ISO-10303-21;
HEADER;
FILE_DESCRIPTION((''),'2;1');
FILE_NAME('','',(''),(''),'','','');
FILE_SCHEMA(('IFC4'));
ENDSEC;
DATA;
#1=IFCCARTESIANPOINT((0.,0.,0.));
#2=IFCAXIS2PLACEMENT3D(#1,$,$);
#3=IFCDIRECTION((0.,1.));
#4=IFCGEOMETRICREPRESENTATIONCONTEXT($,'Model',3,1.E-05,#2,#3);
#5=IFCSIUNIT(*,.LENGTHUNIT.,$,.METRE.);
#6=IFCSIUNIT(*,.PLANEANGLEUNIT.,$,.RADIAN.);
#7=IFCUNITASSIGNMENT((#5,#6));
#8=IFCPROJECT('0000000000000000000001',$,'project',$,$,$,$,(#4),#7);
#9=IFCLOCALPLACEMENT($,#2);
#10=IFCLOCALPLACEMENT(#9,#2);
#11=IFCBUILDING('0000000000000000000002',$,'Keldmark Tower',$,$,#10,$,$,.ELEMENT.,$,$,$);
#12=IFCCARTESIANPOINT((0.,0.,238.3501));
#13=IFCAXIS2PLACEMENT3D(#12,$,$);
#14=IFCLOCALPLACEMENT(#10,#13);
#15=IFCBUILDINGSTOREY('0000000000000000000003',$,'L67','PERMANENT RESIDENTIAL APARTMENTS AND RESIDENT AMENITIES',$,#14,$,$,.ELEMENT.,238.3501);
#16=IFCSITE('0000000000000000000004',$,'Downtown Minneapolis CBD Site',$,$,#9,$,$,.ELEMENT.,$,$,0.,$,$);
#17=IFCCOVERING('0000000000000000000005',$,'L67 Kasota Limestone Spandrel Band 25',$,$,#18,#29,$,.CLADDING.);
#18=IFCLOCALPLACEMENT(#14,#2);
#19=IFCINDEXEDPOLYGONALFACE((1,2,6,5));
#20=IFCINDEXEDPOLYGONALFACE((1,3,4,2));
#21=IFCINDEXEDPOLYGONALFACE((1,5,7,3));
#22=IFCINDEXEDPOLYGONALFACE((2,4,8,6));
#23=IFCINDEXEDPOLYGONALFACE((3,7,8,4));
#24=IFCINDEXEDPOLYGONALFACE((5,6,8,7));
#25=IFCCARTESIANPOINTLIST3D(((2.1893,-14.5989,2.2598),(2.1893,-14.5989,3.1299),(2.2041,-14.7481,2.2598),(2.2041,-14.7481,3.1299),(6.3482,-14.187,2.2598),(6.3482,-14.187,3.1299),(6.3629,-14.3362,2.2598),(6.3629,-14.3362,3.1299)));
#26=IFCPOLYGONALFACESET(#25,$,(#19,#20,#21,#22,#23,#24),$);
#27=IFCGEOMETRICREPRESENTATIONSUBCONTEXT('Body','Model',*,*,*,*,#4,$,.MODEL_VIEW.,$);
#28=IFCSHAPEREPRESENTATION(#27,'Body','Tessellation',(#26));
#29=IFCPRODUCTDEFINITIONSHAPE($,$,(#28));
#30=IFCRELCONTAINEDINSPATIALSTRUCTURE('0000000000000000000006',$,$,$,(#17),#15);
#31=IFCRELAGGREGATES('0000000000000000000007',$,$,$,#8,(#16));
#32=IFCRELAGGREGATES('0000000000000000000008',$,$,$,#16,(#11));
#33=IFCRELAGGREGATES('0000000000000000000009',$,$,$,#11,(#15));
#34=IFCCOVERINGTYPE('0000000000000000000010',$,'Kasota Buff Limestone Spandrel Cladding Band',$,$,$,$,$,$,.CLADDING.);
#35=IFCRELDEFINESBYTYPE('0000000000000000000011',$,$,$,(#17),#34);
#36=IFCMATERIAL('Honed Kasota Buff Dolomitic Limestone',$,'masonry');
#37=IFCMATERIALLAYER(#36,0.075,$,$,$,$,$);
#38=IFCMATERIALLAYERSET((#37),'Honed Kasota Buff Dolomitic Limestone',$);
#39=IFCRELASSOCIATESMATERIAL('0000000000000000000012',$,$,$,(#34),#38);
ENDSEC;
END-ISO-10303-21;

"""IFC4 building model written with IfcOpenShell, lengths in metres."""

from ifc_helpers import new_model, si_unit, direction, frame, origin, origin_2d, place, context, subcontext, project, spatial, rectangle, extrude, material, layer, layer_set, type_object, element, save


model = new_model("IFC4")

# Units and contexts
model_context = context("Model", 3, precision=1e-05, world=origin(), true_north=direction((0.0, 1.0)))
body_context = subcontext(model_context, "Body", "Model", "MODEL_VIEW")
ifc_project = project(units=[si_unit("LENGTHUNIT", "METRE"), si_unit("PLANEANGLEUNIT", "RADIAN")], contexts=[model_context])

# Site, building, storey
site_placement = place(None, origin())
site = spatial("IfcSite", under=ifc_project, at=site_placement, Name="Downtown Minneapolis CBD Site", CompositionType="ELEMENT", RefElevation=0.0)
building_placement = place(site_placement, origin())
building = spatial("IfcBuilding", under=site, at=building_placement, Name="Keldmark Tower", CompositionType="ELEMENT")
storey_placement = place(building_placement, frame((0.0, 0.0, 238.3501)))
storey = spatial("IfcBuildingStorey", under=building, at=storey_placement, Name="L67", Description="PERMANENT RESIDENTIAL APARTMENTS AND RESIDENT AMENITIES", CompositionType="ELEMENT", Elevation=238.3501)

# Covering
ifc_material_1 = material(Name="Honed Kasota Buff Dolomitic Limestone", Category="masonry")
ifc_layer_1 = layer(ifc_material_1, 0.075)
ifc_layer_set_1 = layer_set([ifc_layer_1], Name="Honed Kasota Buff Dolomitic Limestone")
covering_type = type_object("IfcCoveringType", Name="Kasota Buff Limestone Spandrel Cladding Band", PredefinedType="CLADDING", material=ifc_layer_set_1)
covering_placement = place(storey_placement, frame((4.2761, -14.4675, 2.2598), z_axis=(0.0, 0.0, 1.0), x_axis=(0.995132, 0.098556, 0.0)))
element("IfcCovering", 1, at=covering_placement, inside=storey, type_object=covering_type, Name="L67 Kasota Limestone Spandrel Band 25", PredefinedType="CLADDING", context=body_context, shape_type="SweptSolid", body=[
    extrude(rectangle(XDim=4.1792, YDim=0.1499, at=origin_2d()), origin(), (0.0, 0.0, 1.0), 0.8701),
])

save(model, "model.ifc")
